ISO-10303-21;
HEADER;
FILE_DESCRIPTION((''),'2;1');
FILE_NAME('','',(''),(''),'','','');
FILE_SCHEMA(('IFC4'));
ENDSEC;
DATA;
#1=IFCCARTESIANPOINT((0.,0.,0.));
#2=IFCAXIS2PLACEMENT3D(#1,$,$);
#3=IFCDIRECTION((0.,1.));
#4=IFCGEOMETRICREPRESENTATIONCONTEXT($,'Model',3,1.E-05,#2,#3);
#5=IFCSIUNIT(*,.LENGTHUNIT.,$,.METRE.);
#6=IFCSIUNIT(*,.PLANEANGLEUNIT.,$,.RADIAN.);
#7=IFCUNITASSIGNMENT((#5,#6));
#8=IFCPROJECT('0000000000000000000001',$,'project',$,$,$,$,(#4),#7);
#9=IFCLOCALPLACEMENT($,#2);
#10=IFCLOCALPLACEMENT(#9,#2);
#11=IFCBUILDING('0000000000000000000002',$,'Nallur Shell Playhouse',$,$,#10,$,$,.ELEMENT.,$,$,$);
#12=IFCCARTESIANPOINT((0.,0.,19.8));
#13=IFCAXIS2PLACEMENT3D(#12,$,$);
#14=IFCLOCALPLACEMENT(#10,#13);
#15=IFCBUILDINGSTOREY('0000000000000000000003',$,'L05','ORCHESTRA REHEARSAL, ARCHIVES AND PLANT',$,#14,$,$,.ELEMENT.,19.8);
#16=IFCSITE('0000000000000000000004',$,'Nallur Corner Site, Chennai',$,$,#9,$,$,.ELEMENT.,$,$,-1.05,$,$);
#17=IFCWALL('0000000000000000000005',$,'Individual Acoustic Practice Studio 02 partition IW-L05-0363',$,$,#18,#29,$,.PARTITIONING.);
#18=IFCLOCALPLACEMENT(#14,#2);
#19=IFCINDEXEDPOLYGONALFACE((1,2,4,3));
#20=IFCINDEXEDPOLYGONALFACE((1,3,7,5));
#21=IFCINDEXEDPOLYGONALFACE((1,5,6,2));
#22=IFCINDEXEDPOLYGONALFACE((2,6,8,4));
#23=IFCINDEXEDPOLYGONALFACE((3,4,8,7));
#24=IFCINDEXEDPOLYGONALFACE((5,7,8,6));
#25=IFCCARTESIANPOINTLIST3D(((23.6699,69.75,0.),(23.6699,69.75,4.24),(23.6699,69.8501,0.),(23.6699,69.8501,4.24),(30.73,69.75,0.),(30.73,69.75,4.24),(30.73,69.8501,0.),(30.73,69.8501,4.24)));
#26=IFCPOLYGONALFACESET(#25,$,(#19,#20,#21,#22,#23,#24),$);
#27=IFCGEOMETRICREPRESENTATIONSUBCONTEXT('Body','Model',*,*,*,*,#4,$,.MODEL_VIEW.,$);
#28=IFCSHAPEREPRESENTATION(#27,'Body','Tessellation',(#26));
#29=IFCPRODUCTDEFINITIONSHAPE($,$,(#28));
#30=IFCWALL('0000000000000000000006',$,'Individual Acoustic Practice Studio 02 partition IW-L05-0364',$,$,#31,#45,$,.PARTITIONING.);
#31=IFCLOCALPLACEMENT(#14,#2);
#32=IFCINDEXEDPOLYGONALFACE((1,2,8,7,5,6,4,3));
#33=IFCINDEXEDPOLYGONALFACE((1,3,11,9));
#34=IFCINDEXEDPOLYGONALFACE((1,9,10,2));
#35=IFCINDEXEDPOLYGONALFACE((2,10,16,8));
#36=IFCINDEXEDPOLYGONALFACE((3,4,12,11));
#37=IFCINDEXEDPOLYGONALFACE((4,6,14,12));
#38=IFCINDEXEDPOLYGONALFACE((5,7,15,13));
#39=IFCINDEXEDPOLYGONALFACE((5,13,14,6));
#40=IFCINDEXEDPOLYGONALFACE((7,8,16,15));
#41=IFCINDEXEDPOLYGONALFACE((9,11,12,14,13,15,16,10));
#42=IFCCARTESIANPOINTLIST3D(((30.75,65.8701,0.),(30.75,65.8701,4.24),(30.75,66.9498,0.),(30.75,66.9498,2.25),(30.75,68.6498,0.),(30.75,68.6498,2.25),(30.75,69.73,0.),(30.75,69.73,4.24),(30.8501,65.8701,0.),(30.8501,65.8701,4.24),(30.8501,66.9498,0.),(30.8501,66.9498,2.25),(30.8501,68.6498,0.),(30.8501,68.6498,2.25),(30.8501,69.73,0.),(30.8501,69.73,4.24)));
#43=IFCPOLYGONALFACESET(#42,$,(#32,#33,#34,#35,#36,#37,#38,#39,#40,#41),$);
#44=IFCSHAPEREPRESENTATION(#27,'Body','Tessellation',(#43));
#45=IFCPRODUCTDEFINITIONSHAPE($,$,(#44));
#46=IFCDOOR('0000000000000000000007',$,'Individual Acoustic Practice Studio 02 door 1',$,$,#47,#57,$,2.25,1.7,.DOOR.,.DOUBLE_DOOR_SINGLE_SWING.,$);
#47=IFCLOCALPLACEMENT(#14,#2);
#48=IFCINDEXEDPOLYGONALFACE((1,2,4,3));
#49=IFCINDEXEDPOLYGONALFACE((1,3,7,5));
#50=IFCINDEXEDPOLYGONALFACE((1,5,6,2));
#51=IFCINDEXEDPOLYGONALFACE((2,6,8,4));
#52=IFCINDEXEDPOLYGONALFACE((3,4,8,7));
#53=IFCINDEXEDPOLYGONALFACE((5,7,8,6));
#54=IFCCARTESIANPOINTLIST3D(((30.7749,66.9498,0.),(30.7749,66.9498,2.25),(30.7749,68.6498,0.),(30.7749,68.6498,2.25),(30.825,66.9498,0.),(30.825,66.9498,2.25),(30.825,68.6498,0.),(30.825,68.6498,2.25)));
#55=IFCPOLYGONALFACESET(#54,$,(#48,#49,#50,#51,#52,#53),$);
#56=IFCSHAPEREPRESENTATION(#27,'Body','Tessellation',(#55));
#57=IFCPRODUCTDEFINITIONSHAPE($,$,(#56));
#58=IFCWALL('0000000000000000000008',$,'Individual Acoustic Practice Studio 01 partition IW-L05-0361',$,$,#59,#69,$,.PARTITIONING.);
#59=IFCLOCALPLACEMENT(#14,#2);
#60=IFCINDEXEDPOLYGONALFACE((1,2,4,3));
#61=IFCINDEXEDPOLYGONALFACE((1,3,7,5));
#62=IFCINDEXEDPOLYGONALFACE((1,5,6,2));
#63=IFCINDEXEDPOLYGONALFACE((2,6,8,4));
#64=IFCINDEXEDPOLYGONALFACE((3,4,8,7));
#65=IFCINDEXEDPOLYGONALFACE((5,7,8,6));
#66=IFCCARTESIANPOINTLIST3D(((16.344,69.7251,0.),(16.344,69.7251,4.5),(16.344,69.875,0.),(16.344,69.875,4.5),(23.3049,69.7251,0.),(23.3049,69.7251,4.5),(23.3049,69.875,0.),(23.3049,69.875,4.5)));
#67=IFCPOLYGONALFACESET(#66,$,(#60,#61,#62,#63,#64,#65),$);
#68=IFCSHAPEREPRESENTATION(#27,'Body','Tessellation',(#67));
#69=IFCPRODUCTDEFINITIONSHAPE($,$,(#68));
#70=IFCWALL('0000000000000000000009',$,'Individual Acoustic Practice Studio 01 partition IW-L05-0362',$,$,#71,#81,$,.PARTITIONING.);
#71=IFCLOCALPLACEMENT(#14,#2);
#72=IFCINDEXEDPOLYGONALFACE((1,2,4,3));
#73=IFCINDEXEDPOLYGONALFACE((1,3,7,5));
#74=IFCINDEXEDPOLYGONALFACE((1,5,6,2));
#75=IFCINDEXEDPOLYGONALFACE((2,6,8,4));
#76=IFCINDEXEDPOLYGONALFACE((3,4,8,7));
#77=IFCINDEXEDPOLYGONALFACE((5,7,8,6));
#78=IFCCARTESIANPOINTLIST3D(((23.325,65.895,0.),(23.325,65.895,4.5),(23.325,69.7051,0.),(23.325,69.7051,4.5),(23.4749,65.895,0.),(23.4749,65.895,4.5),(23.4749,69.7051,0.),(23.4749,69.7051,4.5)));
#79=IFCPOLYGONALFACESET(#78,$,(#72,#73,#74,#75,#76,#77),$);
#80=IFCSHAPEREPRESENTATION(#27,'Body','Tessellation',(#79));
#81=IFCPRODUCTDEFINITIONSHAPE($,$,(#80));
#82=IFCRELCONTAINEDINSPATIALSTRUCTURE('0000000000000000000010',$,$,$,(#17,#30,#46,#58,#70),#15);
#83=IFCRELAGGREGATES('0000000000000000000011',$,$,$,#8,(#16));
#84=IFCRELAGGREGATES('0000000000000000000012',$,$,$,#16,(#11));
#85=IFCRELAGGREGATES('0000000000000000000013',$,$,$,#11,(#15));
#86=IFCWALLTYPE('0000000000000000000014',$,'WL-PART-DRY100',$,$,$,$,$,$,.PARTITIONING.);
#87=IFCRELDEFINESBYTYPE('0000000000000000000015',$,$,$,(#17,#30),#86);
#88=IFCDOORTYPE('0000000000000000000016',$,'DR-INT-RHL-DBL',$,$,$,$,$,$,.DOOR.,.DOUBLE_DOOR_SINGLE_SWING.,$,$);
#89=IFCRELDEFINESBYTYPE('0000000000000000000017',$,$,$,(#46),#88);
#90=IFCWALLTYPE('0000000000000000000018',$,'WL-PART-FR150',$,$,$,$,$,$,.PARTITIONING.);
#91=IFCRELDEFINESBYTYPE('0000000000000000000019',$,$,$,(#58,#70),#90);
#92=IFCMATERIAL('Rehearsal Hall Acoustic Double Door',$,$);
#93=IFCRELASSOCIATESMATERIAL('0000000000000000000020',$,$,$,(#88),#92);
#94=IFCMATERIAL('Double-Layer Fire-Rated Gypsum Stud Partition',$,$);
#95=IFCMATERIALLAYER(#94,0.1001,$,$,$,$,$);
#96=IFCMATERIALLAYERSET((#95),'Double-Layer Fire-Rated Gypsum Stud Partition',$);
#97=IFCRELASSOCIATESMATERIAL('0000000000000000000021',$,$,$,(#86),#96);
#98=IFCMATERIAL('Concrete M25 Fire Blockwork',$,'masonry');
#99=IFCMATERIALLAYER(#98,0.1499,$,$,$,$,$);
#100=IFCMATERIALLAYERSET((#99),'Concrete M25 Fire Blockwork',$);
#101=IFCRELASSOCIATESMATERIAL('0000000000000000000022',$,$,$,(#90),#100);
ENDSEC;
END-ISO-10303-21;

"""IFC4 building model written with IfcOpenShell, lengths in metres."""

from ifc_helpers import new_model, si_unit, direction, frame, frame_2d, origin, place, context, subcontext, project, spatial, rectangle, extrude, material, layer, layer_set, type_object, element, fill, save


model = new_model("IFC4")

# Units and contexts
model_context = context("Model", 3, precision=1e-05, world=origin(), true_north=direction((0.0, 1.0)))
body_context = subcontext(model_context, "Body", "Model", "MODEL_VIEW")
ifc_project = project(units=[si_unit("LENGTHUNIT", "METRE"), si_unit("PLANEANGLEUNIT", "RADIAN")], contexts=[model_context])

# Site, building, storey
site_placement = place(None, origin())
site = spatial("IfcSite", under=ifc_project, at=site_placement, Name="Nallur Corner Site, Chennai", CompositionType="ELEMENT", RefElevation=-1.05)
building_placement = place(site_placement, origin())
building = spatial("IfcBuilding", under=site, at=building_placement, Name="Nallur Shell Playhouse", CompositionType="ELEMENT")
storey_placement = place(building_placement, frame((0.0, 0.0, 19.8)))
storey = spatial("IfcBuildingStorey", under=building, at=storey_placement, Name="L05", Description="ORCHESTRA REHEARSAL, ARCHIVES AND PLANT", CompositionType="ELEMENT", Elevation=19.8)

# Shared definitions
ifc_material_1 = material(Name="Rehearsal Hall Acoustic Double Door")
door_type_1 = type_object("IfcDoorType", Name="DR-INT-RHL-DBL", OperationType="DOUBLE_DOOR_SINGLE_SWING", PredefinedType="DOOR", material=ifc_material_1)

# Wall
ifc_material_2 = material(Name="Double-Layer Fire-Rated Gypsum Stud Partition")
ifc_layer_1 = layer(ifc_material_2, 0.1001)
ifc_layer_set_1 = layer_set([ifc_layer_1], Name="Double-Layer Fire-Rated Gypsum Stud Partition")
wall_type_1 = type_object("IfcWallType", Name="WL-PART-DRY100", PredefinedType="PARTITIONING", material=ifc_layer_set_1)
wall_1_placement = place(storey_placement, frame((23.6699, 69.8, 0.0), z_axis=(0.0, 0.0, 1.0), x_axis=(1.0, 0.0, 0.0)))
element("IfcWall", 1, at=wall_1_placement, inside=storey, type_object=wall_type_1, Name="Individual Acoustic Practice Studio 02 partition IW-L05-0363", PredefinedType="PARTITIONING", context=body_context, shape_type="SweptSolid", body=[
    extrude(rectangle(XDim=7.0601, YDim=0.1001, at=frame_2d((3.53, 0.0))), origin(), (0.0, 0.0, 1.0), 4.24),
])

# Wall, opening, door
wall_2_placement = place(storey_placement, frame((30.8, 69.73, 0.0), z_axis=(0.0, 0.0, 1.0), x_axis=(0.0, -1.0, 0.0)))
wall_2 = element("IfcWall", 2, at=wall_2_placement, inside=storey, type_object=wall_type_1, Name="Individual Acoustic Practice Studio 02 partition IW-L05-0364", PredefinedType="PARTITIONING", context=body_context, shape_type="SweptSolid", body=[
    extrude(rectangle(XDim=3.8599, YDim=0.1001, at=frame_2d((1.9299, 0.0))), origin(), (0.0, 0.0, 1.0), 4.24),
])
opening_1_placement = place(wall_2_placement, frame((1.0801, 0.0, 0.0)))
opening_1 = element("IfcOpeningElement", 3, at=opening_1_placement, cuts=wall_2, PredefinedType="OPENING", context=body_context, shape_type="SweptSolid", body=[
    extrude(rectangle(XDim=1.7, YDim=2.25, at=frame_2d((0.8501, 1.125))), frame((0.0, 0.0601, 0.0), z_axis=(0.0, -1.0, 0.0), x_axis=(1.0, 0.0, 0.0)), (0.0, 0.0, 1.0), 0.1201),
])
door_1_placement = place(opening_1_placement, origin())
door_1 = element("IfcDoor", 4, at=door_1_placement, inside=storey, type_object=door_type_1, Name="Individual Acoustic Practice Studio 02 door 1", OperationType="DOUBLE_DOOR_SINGLE_SWING", OverallHeight=2.25, OverallWidth=1.7, PredefinedType="DOOR", context=body_context, shape_type="SweptSolid", body=[
    extrude(rectangle(XDim=1.7, YDim=2.25, at=frame_2d((0.8501, 1.125))), frame((0.0, 0.0249, 0.0), z_axis=(0.0, -1.0, 0.0), x_axis=(1.0, 0.0, 0.0)), (0.0, 0.0, 1.0), 0.05),
])
fill(opening_1, door_1)

# Walls
ifc_material_3 = material(Name="Concrete M25 Fire Blockwork", Category="masonry")
ifc_layer_2 = layer(ifc_material_3, 0.1499)
ifc_layer_set_2 = layer_set([ifc_layer_2], Name="Concrete M25 Fire Blockwork")
wall_type_2 = type_object("IfcWallType", Name="WL-PART-FR150", PredefinedType="PARTITIONING", material=ifc_layer_set_2)
wall_3_placement = place(storey_placement, frame((16.344, 69.8, 0.0), z_axis=(0.0, 0.0, 1.0), x_axis=(1.0, 0.0, 0.0)))
element("IfcWall", 5, at=wall_3_placement, inside=storey, type_object=wall_type_2, Name="Individual Acoustic Practice Studio 01 partition IW-L05-0361", PredefinedType="PARTITIONING", context=body_context, shape_type="SweptSolid", body=[
    extrude(rectangle(XDim=6.9609, YDim=0.1499, at=frame_2d((3.4805, 0.0))), origin(), (0.0, 0.0, 1.0), 4.5),
])
wall_4_placement = place(storey_placement, frame((23.3999, 69.7051, 0.0), z_axis=(0.0, 0.0, 1.0), x_axis=(0.0, -1.0, 0.0)))
element("IfcWall", 6, at=wall_4_placement, inside=storey, type_object=wall_type_2, Name="Individual Acoustic Practice Studio 01 partition IW-L05-0362", PredefinedType="PARTITIONING", context=body_context, shape_type="SweptSolid", body=[
    extrude(rectangle(XDim=3.8101, YDim=0.1499, at=frame_2d((1.905, 0.0))), origin(), (0.0, 0.0, 1.0), 4.5),
])

save(model, "model.ifc")
